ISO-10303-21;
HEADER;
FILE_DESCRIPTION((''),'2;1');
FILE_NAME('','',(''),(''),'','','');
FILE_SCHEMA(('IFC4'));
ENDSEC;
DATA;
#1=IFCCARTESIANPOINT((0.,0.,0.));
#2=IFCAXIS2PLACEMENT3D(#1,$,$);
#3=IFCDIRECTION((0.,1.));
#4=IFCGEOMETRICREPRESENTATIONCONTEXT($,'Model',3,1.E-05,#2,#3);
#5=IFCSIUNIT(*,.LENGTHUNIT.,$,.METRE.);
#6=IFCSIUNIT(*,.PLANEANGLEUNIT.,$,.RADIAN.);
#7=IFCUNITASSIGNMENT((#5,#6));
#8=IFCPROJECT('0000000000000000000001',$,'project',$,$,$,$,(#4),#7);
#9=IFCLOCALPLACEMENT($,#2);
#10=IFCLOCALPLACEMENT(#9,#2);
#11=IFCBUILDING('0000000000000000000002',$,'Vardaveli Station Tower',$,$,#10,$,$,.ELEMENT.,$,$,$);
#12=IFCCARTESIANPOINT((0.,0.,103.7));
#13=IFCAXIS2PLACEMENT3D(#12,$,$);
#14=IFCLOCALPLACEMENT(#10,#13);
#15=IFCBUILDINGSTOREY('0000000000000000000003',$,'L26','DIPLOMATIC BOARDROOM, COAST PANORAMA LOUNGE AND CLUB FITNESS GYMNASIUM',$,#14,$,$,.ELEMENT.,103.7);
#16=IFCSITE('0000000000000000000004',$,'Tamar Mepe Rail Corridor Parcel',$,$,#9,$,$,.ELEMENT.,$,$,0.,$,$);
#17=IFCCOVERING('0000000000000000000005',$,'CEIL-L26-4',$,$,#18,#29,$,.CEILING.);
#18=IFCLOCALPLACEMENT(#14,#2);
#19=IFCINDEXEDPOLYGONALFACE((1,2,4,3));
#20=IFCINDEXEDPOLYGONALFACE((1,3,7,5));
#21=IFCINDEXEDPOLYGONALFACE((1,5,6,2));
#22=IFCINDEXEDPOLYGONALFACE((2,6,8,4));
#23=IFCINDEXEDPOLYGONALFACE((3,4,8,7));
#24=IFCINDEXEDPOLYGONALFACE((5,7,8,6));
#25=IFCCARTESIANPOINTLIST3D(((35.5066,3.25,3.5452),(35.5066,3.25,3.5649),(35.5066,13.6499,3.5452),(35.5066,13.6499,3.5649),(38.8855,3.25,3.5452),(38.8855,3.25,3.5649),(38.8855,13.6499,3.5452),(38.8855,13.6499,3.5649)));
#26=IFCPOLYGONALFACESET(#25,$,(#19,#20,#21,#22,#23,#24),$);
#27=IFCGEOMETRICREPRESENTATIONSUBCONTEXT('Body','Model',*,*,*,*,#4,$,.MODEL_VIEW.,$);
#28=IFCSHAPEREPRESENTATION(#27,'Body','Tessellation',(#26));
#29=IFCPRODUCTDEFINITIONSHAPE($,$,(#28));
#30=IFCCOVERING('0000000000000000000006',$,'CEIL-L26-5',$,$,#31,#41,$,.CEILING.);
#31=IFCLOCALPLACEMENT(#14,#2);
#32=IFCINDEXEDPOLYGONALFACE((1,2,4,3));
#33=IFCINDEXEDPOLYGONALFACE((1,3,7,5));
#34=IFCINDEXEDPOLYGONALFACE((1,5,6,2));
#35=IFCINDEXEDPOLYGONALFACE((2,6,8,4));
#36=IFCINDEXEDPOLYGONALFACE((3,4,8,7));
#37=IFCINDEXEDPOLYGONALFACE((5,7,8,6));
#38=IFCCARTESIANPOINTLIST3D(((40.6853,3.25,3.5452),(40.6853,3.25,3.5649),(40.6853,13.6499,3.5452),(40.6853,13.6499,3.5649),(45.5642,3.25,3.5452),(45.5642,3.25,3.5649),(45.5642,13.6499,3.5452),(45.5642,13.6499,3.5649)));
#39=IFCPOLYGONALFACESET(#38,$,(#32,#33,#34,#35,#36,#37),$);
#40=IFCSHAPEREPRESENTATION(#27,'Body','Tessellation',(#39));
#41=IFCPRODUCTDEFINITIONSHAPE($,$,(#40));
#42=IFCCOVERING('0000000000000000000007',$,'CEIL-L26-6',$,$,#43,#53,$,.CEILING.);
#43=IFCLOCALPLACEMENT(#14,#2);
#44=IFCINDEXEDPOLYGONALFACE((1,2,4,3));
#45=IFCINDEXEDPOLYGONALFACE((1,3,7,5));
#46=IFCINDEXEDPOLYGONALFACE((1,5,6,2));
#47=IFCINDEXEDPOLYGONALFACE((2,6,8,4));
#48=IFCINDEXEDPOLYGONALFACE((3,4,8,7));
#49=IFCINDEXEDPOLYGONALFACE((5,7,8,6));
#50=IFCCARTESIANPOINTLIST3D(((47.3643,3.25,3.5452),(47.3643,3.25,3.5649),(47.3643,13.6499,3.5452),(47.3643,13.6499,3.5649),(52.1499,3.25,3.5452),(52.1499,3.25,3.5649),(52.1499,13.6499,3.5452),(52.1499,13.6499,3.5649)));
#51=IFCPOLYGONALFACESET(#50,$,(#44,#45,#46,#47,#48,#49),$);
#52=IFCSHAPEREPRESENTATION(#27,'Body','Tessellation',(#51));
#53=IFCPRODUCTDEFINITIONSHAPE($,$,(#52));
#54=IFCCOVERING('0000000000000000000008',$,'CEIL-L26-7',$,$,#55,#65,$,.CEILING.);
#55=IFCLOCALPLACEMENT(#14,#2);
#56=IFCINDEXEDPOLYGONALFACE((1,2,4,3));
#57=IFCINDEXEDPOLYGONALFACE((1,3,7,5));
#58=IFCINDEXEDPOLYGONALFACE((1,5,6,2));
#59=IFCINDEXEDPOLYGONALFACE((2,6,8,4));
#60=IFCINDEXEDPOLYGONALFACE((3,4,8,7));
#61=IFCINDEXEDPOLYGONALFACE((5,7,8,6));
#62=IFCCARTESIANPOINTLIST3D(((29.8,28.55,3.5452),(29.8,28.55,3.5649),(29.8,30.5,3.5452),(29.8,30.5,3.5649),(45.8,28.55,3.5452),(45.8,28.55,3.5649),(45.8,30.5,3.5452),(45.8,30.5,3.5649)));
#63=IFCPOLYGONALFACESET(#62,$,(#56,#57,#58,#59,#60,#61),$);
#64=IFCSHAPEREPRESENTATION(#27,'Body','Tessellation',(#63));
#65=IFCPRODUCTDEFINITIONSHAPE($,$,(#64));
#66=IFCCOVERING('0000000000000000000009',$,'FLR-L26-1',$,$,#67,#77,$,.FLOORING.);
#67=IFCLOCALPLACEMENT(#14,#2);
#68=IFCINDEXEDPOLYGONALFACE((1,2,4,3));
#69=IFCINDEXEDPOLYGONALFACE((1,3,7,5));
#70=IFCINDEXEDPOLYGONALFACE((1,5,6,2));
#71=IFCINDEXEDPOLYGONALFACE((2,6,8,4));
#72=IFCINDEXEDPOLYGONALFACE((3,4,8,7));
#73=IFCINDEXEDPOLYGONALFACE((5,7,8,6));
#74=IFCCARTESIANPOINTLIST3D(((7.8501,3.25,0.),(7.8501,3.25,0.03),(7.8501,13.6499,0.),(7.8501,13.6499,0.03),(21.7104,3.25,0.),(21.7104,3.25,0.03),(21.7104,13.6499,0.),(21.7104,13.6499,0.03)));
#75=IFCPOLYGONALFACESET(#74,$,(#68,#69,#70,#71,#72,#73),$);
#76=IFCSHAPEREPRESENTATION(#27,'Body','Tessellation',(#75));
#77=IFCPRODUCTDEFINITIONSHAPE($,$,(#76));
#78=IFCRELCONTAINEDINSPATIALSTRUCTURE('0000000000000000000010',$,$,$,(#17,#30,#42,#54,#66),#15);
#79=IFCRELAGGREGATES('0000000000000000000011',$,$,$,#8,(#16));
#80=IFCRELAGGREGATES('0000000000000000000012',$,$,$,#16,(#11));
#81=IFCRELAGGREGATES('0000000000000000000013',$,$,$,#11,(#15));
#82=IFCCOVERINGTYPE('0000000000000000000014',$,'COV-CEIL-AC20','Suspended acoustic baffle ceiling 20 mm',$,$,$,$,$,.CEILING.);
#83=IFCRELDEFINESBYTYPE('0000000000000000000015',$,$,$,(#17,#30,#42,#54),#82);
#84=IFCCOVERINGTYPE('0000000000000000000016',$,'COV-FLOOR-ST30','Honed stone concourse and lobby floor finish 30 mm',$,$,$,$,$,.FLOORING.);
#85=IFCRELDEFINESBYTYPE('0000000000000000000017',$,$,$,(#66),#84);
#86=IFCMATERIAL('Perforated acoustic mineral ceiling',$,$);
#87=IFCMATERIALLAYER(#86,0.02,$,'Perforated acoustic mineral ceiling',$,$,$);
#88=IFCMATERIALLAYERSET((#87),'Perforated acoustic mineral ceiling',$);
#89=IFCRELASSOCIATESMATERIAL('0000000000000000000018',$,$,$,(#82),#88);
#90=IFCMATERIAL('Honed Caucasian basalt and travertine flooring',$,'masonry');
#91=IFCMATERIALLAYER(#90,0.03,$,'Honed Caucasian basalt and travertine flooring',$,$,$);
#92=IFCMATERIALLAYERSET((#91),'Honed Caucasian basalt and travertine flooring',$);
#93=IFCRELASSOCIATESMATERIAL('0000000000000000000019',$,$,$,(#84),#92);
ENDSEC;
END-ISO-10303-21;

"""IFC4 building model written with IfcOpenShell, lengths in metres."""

from ifc_helpers import new_model, si_unit, direction, frame, origin, place, context, subcontext, project, spatial, polyline, outline, extrude, material, layer, layer_set, type_object, element, save


model = new_model("IFC4")

# Units and contexts
model_context = context("Model", 3, precision=1e-05, world=origin(), true_north=direction((0.0, 1.0)))
body_context = subcontext(model_context, "Body", "Model", "MODEL_VIEW")
ifc_project = project(units=[si_unit("LENGTHUNIT", "METRE"), si_unit("PLANEANGLEUNIT", "RADIAN")], contexts=[model_context])

# Site, building, storey
site_placement = place(None, origin())
site = spatial("IfcSite", under=ifc_project, at=site_placement, Name="Tamar Mepe Rail Corridor Parcel", CompositionType="ELEMENT", RefElevation=0.0)
building_placement = place(site_placement, origin())
building = spatial("IfcBuilding", under=site, at=building_placement, Name="Vardaveli Station Tower", CompositionType="ELEMENT")
storey_placement = place(building_placement, frame((0.0, 0.0, 103.7)))
storey = spatial("IfcBuildingStorey", under=building, at=storey_placement, Name="L26", Description="DIPLOMATIC BOARDROOM, COAST PANORAMA LOUNGE AND CLUB FITNESS GYMNASIUM", CompositionType="ELEMENT", Elevation=103.7)

# Coverings
ifc_material_1 = material(Name="Perforated acoustic mineral ceiling")
ifc_layer_1 = layer(ifc_material_1, 0.02, Name="Perforated acoustic mineral ceiling")
ifc_layer_set_1 = layer_set([ifc_layer_1], Name="Perforated acoustic mineral ceiling")
covering_type_1 = type_object("IfcCoveringType", Name="COV-CEIL-AC20", Description="Suspended acoustic baffle ceiling 20 mm", PredefinedType="CEILING", material=ifc_layer_set_1)
covering_1_placement = place(storey_placement, frame((0.0, 0.0, 3.5452)))
element("IfcCovering", 1, at=covering_1_placement, inside=storey, type_object=covering_type_1, Name="CEIL-L26-4", PredefinedType="CEILING", context=body_context, shape_type="SweptSolid", body=[
    extrude(outline(polyline([(35.5066, 3.25), (38.8855, 3.25), (38.8855, 13.6499), (35.5066, 13.6499), (35.5066, 3.25)])), origin(), (0.0, 0.0, 1.0), 0.0198),
])
covering_2_placement = place(storey_placement, frame((0.0, 0.0, 3.5452)))
element("IfcCovering", 2, at=covering_2_placement, inside=storey, type_object=covering_type_1, Name="CEIL-L26-5", PredefinedType="CEILING", context=body_context, shape_type="SweptSolid", body=[
    extrude(outline(polyline([(40.6853, 3.25), (45.5642, 3.25), (45.5642, 13.6499), (40.6853, 13.6499), (40.6853, 3.25)])), origin(), (0.0, 0.0, 1.0), 0.0198),
])
covering_3_placement = place(storey_placement, frame((0.0, 0.0, 3.5452)))
element("IfcCovering", 3, at=covering_3_placement, inside=storey, type_object=covering_type_1, Name="CEIL-L26-6", PredefinedType="CEILING", context=body_context, shape_type="SweptSolid", body=[
    extrude(outline(polyline([(47.3643, 3.25), (52.1499, 3.25), (52.1499, 13.6499), (47.3643, 13.6499), (47.3643, 3.25)])), origin(), (0.0, 0.0, 1.0), 0.0198),
])
covering_4_placement = place(storey_placement, frame((0.0, 0.0, 3.5452)))
element("IfcCovering", 4, at=covering_4_placement, inside=storey, type_object=covering_type_1, Name="CEIL-L26-7", PredefinedType="CEILING", context=body_context, shape_type="SweptSolid", body=[
    extrude(outline(polyline([(29.8, 28.55), (45.8, 28.55), (45.8, 30.5), (29.8, 30.5), (29.8, 28.55)])), origin(), (0.0, 0.0, 1.0), 0.0198),
])
ifc_material_2 = material(Name="Honed Caucasian basalt and travertine flooring", Category="masonry")
ifc_layer_2 = layer(ifc_material_2, 0.03, Name="Honed Caucasian basalt and travertine flooring")
ifc_layer_set_2 = layer_set([ifc_layer_2], Name="Honed Caucasian basalt and travertine flooring")
covering_type_2 = type_object("IfcCoveringType", Name="COV-FLOOR-ST30", Description="Honed stone concourse and lobby floor finish 30 mm", PredefinedType="FLOORING", material=ifc_layer_set_2)
covering_5_placement = place(storey_placement, origin())
element("IfcCovering", 5, at=covering_5_placement, inside=storey, type_object=covering_type_2, Name="FLR-L26-1", PredefinedType="FLOORING", context=body_context, shape_type="SweptSolid", body=[
    extrude(outline(polyline([(7.8501, 3.25), (21.7104, 3.25), (21.7104, 13.6499), (7.8501, 13.6499), (7.8501, 3.25)])), origin(), (0.0, 0.0, 1.0), 0.03),
])

save(model, "model.ifc")
